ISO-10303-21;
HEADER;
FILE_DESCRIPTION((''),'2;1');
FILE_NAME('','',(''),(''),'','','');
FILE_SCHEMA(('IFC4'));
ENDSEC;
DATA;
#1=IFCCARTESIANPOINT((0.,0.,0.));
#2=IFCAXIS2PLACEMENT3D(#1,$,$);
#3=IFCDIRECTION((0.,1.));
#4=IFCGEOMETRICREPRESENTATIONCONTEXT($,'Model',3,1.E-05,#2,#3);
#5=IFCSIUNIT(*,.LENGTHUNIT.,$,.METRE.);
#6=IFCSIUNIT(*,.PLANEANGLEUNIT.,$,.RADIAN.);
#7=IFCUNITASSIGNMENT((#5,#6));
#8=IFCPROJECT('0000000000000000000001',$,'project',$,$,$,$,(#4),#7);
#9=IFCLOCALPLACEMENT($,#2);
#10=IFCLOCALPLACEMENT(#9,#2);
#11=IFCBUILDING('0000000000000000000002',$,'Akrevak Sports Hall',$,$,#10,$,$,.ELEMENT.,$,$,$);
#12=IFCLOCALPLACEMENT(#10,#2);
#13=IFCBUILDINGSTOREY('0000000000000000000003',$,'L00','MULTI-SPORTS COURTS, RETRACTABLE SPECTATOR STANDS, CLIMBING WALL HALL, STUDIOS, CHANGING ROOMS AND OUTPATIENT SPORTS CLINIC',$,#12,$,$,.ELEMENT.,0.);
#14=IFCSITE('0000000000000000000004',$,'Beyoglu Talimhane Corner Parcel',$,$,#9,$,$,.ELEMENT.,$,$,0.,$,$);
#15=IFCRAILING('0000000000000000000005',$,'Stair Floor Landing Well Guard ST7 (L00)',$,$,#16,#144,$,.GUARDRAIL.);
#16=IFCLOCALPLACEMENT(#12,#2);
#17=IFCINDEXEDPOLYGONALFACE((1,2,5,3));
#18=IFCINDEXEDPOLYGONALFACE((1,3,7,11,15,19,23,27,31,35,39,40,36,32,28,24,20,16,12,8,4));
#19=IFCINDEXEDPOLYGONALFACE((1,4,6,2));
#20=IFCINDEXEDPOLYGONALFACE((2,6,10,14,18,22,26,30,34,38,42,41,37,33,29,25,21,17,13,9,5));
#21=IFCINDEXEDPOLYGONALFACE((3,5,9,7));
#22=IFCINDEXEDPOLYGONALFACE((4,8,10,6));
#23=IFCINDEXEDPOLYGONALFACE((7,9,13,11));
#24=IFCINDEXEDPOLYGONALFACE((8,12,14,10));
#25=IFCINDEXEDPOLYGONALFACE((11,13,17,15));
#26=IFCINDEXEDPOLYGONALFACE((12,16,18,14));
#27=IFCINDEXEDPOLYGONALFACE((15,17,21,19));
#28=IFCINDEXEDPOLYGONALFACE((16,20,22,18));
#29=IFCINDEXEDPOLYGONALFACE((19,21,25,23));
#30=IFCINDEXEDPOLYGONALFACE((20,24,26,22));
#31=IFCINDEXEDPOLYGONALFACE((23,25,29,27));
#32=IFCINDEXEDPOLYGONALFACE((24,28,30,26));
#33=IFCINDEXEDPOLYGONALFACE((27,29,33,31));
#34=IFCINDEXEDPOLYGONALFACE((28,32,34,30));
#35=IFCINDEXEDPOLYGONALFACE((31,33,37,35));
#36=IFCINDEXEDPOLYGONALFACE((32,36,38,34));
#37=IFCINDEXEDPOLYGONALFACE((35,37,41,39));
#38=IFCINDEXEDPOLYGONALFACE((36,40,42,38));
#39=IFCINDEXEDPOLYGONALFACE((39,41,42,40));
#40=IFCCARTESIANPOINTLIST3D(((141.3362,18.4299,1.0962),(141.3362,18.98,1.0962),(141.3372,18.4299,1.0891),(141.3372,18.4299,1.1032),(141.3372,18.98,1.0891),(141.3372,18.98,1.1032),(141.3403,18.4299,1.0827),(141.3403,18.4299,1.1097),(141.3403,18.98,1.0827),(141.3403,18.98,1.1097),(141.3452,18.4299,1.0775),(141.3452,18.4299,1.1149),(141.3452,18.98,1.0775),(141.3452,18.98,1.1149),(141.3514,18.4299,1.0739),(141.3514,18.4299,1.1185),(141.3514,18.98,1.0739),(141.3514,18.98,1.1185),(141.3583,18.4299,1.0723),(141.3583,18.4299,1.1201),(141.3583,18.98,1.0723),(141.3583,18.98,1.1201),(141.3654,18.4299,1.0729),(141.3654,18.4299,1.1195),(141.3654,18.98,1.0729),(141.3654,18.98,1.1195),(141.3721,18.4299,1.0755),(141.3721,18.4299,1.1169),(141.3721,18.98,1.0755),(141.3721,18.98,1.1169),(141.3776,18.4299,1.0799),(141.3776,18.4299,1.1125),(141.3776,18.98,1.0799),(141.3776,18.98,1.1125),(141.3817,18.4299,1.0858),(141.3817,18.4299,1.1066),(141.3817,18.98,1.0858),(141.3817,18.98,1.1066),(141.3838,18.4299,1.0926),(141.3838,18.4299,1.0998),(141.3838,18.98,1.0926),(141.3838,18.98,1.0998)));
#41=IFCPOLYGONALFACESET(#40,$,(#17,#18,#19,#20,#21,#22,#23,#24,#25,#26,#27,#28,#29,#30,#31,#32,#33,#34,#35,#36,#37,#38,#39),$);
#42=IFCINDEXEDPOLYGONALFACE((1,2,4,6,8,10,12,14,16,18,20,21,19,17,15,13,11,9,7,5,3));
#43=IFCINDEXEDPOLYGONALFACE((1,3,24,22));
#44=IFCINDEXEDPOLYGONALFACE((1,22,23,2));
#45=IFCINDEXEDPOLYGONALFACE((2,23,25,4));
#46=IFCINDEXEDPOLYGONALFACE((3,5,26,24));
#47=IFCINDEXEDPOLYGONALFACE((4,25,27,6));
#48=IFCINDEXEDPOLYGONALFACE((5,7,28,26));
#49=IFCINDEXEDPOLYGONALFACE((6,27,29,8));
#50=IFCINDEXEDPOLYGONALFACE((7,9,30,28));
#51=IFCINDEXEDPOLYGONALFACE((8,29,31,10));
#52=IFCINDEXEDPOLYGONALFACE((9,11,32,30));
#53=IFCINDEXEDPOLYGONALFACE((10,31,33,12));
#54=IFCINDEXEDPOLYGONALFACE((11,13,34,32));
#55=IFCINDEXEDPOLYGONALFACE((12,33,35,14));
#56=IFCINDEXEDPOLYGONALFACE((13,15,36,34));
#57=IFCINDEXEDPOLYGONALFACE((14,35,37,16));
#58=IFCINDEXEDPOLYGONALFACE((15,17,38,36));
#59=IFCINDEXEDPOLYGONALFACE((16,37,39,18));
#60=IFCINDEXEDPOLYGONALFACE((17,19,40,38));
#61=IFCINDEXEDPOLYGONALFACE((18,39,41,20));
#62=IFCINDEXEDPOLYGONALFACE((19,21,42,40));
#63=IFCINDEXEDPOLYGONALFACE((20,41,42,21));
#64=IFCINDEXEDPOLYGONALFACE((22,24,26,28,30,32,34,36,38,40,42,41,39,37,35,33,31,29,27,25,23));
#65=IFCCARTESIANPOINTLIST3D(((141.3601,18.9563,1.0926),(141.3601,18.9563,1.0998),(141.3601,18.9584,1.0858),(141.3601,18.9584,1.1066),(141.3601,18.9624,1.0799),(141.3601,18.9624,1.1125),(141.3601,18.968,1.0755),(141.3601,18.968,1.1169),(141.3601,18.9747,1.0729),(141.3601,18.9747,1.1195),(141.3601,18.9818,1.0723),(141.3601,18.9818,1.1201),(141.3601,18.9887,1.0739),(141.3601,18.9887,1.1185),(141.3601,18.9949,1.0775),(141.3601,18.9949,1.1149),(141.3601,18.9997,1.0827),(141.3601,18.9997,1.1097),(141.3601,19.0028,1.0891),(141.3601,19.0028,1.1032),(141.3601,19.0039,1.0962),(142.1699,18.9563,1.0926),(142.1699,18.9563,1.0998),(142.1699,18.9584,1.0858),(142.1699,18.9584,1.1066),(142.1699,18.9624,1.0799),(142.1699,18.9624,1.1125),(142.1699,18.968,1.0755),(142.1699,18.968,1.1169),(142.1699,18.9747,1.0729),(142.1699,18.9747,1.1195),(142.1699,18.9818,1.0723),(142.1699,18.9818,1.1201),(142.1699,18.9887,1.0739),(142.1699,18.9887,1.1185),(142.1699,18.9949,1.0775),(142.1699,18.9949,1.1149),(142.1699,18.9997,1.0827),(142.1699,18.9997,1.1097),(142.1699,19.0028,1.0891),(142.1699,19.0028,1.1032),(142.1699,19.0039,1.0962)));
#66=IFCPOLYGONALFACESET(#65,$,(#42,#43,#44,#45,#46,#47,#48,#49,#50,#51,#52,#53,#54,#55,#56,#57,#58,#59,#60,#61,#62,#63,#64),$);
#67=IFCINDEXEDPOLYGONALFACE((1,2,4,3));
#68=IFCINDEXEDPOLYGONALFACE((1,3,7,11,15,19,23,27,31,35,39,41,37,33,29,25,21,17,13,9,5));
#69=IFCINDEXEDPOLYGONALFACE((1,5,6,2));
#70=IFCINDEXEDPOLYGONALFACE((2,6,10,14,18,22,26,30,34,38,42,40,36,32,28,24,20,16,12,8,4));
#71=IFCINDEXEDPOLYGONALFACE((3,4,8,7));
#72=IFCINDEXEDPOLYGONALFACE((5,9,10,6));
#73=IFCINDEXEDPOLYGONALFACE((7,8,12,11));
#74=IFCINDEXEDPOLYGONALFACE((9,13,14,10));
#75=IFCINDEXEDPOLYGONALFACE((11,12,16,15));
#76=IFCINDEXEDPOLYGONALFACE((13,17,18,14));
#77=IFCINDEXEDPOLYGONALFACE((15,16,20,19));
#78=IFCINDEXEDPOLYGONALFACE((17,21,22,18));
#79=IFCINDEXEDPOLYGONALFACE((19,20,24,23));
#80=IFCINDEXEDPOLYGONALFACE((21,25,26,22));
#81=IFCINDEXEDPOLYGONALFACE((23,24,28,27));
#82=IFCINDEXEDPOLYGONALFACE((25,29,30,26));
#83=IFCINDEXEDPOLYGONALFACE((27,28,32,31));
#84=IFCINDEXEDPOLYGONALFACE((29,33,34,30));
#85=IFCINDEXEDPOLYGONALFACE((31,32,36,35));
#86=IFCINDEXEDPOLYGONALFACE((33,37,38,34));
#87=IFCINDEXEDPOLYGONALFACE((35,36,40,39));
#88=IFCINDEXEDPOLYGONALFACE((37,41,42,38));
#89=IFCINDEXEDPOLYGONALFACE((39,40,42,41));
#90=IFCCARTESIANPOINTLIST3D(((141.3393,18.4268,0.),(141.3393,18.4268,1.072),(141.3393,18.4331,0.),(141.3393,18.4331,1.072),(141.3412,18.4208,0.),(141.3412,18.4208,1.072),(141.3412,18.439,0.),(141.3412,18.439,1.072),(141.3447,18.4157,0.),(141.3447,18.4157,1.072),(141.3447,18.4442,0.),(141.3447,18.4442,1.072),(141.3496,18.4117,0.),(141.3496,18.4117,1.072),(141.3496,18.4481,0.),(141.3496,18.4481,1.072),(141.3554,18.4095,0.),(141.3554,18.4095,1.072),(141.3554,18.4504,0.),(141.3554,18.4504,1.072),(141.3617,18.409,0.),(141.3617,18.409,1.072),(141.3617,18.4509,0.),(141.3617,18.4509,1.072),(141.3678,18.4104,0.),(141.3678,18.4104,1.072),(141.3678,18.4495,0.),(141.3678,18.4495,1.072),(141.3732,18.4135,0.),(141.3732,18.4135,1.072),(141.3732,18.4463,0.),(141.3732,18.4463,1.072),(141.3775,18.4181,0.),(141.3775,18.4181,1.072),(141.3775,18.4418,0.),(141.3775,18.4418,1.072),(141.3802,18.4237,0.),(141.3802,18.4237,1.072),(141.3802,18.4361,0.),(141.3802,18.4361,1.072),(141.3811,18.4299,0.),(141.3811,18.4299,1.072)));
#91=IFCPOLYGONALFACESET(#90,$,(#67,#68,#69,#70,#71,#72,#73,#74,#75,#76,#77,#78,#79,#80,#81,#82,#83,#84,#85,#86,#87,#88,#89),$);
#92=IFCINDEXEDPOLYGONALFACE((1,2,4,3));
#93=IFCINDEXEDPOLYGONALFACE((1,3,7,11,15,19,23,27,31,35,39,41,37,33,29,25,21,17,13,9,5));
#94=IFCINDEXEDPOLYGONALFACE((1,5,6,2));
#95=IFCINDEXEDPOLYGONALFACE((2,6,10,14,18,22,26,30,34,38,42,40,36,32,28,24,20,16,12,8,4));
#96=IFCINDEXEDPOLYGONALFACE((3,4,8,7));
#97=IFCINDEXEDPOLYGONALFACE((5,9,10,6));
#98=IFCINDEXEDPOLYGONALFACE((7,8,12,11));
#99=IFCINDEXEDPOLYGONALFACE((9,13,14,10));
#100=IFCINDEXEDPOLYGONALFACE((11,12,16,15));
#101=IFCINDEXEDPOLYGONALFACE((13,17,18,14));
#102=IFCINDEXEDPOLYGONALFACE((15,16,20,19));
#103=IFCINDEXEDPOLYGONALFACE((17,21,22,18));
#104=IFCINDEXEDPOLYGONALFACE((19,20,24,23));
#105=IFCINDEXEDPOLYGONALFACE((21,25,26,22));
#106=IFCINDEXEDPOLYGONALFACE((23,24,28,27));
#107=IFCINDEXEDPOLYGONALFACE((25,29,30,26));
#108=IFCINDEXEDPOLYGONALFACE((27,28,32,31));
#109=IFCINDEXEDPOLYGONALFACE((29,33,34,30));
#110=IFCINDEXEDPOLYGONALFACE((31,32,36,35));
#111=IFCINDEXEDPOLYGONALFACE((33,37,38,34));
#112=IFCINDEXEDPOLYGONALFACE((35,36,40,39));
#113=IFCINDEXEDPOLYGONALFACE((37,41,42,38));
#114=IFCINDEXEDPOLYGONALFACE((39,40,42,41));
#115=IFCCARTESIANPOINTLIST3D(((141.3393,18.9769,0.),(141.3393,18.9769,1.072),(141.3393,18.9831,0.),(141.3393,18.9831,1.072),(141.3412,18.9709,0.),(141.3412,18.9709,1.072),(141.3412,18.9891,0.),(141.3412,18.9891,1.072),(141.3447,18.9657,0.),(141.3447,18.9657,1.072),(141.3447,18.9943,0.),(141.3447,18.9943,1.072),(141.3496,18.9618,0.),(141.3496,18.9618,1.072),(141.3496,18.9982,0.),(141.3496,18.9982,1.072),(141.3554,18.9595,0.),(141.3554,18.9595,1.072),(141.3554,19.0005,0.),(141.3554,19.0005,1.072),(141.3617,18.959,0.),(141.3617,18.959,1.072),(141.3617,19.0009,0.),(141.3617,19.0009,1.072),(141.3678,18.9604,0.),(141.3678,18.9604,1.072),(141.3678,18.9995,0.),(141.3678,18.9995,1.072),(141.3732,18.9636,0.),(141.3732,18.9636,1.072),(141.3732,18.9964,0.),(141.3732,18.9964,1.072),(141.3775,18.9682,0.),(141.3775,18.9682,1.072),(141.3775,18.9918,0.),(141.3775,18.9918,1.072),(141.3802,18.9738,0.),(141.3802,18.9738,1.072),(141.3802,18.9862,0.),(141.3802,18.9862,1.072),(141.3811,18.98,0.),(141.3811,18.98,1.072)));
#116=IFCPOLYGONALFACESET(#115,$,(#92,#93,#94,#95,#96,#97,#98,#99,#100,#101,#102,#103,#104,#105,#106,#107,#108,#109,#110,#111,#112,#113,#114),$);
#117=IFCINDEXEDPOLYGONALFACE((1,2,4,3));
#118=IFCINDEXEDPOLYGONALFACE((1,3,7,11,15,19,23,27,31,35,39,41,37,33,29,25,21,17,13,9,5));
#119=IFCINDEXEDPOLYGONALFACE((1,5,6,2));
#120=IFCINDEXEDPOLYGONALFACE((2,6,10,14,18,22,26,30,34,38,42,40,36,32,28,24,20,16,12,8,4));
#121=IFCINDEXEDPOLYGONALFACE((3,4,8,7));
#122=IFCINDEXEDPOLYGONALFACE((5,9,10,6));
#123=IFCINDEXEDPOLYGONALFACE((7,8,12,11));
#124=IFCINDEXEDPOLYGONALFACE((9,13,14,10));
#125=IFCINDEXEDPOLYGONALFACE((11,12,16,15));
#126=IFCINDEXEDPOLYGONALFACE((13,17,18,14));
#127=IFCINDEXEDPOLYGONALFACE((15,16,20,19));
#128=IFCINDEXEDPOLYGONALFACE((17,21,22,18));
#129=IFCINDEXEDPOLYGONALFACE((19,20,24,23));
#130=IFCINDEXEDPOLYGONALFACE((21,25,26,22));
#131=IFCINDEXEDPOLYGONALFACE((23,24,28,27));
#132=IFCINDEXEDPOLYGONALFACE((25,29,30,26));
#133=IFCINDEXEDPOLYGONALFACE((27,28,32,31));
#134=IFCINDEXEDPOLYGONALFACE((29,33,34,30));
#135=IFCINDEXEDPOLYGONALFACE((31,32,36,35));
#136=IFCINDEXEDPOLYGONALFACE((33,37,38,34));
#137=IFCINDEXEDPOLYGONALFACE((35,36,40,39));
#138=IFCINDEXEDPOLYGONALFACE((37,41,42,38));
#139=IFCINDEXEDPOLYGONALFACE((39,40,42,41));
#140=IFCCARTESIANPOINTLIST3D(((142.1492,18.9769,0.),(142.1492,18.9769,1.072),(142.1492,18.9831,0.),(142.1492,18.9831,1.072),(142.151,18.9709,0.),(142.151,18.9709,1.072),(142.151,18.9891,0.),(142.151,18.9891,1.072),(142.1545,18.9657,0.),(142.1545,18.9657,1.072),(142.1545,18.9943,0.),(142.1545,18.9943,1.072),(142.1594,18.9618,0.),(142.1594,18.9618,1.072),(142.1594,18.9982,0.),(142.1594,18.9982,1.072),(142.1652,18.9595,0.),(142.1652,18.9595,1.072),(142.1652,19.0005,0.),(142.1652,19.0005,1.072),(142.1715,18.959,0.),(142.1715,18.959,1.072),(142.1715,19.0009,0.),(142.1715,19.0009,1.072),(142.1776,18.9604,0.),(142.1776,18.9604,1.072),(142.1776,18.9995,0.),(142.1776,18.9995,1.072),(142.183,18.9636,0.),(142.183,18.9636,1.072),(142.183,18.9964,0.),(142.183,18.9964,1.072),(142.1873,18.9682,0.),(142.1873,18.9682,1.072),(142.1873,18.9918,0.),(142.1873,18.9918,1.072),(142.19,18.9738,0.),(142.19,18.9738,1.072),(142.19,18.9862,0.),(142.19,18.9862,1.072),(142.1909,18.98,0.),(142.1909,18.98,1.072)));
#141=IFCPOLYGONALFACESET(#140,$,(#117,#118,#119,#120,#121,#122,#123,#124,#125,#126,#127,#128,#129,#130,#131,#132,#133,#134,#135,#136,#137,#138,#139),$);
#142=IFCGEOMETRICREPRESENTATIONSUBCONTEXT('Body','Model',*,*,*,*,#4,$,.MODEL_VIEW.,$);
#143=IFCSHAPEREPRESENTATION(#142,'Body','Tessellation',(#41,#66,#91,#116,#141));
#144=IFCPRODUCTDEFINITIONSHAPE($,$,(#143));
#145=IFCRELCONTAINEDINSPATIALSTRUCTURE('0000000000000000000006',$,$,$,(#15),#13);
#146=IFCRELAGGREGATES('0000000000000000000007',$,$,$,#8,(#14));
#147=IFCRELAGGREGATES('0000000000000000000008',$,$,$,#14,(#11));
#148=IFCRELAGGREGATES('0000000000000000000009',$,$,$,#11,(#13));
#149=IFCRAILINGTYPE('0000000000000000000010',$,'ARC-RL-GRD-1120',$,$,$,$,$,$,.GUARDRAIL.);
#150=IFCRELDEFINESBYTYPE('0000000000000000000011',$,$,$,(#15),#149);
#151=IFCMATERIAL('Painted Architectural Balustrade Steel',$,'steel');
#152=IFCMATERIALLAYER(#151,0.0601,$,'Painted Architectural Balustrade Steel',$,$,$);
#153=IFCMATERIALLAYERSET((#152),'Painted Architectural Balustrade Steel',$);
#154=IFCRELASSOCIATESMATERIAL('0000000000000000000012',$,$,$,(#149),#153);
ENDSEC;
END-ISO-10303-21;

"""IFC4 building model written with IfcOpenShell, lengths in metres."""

from ifc_helpers import new_model, si_unit, direction, frame, origin, origin_2d, place, context, subcontext, project, spatial, circle, extrude, material, layer, layer_set, type_object, element, save


model = new_model("IFC4")

# Units and contexts
model_context = context("Model", 3, precision=1e-05, world=origin(), true_north=direction((0.0, 1.0)))
body_context = subcontext(model_context, "Body", "Model", "MODEL_VIEW")
ifc_project = project(units=[si_unit("LENGTHUNIT", "METRE"), si_unit("PLANEANGLEUNIT", "RADIAN")], contexts=[model_context])

# Site, building, storey
site_placement = place(None, origin())
site = spatial("IfcSite", under=ifc_project, at=site_placement, Name="Beyoglu Talimhane Corner Parcel", CompositionType="ELEMENT", RefElevation=0.0)
building_placement = place(site_placement, origin())
building = spatial("IfcBuilding", under=site, at=building_placement, Name="Akrevak Sports Hall", CompositionType="ELEMENT")
storey_placement = place(building_placement, origin())
storey = spatial("IfcBuildingStorey", under=building, at=storey_placement, Name="L00", Description="MULTI-SPORTS COURTS, RETRACTABLE SPECTATOR STANDS, CLIMBING WALL HALL, STUDIOS, CHANGING ROOMS AND OUTPATIENT SPORTS CLINIC", CompositionType="ELEMENT", Elevation=0.0)

# Railing
ifc_material_1 = material(Name="Painted Architectural Balustrade Steel", Category="steel")
ifc_layer_1 = layer(ifc_material_1, 0.0601, Name="Painted Architectural Balustrade Steel")
ifc_layer_set_1 = layer_set([ifc_layer_1], Name="Painted Architectural Balustrade Steel")
railing_type_1 = type_object("IfcRailingType", Name="ARC-RL-GRD-1120", PredefinedType="GUARDRAIL", material=ifc_layer_set_1)
railing_1_placement = place(storey_placement, frame((141.3601, 18.4299, 0.0)))
element("IfcRailing", 1, at=railing_1_placement, inside=storey, type_object=railing_type_1, Name="Stair Floor Landing Well Guard ST7 (L00)", PredefinedType="GUARDRAIL", context=body_context, shape_type="SweptSolid", body=[
    extrude(circle(Radius=0.0239, at=origin_2d()), frame((0.0, 0.0, 1.0962), z_axis=(0.0, 1.0, 0.0), x_axis=(-1.0, 0.0, 0.0)), (0.0, 0.0, 1.0), 0.55),
    extrude(circle(Radius=0.0239, at=origin_2d()), frame((0.0, 0.55, 1.0962), z_axis=(1.0, 0.0, 0.0), x_axis=(0.0, 1.0, 0.0)), (0.0, 0.0, 1.0), 0.8098),
    extrude(circle(Radius=0.021, at=origin_2d()), origin(), (0.0, 0.0, 1.0), 1.072),
    extrude(circle(Radius=0.021, at=origin_2d()), frame((0.0, 0.55, 0.0)), (0.0, 0.0, 1.0), 1.072),
    extrude(circle(Radius=0.021, at=origin_2d()), frame((0.8098, 0.55, 0.0)), (0.0, 0.0, 1.0), 1.072),
])

save(model, "model.ifc")
